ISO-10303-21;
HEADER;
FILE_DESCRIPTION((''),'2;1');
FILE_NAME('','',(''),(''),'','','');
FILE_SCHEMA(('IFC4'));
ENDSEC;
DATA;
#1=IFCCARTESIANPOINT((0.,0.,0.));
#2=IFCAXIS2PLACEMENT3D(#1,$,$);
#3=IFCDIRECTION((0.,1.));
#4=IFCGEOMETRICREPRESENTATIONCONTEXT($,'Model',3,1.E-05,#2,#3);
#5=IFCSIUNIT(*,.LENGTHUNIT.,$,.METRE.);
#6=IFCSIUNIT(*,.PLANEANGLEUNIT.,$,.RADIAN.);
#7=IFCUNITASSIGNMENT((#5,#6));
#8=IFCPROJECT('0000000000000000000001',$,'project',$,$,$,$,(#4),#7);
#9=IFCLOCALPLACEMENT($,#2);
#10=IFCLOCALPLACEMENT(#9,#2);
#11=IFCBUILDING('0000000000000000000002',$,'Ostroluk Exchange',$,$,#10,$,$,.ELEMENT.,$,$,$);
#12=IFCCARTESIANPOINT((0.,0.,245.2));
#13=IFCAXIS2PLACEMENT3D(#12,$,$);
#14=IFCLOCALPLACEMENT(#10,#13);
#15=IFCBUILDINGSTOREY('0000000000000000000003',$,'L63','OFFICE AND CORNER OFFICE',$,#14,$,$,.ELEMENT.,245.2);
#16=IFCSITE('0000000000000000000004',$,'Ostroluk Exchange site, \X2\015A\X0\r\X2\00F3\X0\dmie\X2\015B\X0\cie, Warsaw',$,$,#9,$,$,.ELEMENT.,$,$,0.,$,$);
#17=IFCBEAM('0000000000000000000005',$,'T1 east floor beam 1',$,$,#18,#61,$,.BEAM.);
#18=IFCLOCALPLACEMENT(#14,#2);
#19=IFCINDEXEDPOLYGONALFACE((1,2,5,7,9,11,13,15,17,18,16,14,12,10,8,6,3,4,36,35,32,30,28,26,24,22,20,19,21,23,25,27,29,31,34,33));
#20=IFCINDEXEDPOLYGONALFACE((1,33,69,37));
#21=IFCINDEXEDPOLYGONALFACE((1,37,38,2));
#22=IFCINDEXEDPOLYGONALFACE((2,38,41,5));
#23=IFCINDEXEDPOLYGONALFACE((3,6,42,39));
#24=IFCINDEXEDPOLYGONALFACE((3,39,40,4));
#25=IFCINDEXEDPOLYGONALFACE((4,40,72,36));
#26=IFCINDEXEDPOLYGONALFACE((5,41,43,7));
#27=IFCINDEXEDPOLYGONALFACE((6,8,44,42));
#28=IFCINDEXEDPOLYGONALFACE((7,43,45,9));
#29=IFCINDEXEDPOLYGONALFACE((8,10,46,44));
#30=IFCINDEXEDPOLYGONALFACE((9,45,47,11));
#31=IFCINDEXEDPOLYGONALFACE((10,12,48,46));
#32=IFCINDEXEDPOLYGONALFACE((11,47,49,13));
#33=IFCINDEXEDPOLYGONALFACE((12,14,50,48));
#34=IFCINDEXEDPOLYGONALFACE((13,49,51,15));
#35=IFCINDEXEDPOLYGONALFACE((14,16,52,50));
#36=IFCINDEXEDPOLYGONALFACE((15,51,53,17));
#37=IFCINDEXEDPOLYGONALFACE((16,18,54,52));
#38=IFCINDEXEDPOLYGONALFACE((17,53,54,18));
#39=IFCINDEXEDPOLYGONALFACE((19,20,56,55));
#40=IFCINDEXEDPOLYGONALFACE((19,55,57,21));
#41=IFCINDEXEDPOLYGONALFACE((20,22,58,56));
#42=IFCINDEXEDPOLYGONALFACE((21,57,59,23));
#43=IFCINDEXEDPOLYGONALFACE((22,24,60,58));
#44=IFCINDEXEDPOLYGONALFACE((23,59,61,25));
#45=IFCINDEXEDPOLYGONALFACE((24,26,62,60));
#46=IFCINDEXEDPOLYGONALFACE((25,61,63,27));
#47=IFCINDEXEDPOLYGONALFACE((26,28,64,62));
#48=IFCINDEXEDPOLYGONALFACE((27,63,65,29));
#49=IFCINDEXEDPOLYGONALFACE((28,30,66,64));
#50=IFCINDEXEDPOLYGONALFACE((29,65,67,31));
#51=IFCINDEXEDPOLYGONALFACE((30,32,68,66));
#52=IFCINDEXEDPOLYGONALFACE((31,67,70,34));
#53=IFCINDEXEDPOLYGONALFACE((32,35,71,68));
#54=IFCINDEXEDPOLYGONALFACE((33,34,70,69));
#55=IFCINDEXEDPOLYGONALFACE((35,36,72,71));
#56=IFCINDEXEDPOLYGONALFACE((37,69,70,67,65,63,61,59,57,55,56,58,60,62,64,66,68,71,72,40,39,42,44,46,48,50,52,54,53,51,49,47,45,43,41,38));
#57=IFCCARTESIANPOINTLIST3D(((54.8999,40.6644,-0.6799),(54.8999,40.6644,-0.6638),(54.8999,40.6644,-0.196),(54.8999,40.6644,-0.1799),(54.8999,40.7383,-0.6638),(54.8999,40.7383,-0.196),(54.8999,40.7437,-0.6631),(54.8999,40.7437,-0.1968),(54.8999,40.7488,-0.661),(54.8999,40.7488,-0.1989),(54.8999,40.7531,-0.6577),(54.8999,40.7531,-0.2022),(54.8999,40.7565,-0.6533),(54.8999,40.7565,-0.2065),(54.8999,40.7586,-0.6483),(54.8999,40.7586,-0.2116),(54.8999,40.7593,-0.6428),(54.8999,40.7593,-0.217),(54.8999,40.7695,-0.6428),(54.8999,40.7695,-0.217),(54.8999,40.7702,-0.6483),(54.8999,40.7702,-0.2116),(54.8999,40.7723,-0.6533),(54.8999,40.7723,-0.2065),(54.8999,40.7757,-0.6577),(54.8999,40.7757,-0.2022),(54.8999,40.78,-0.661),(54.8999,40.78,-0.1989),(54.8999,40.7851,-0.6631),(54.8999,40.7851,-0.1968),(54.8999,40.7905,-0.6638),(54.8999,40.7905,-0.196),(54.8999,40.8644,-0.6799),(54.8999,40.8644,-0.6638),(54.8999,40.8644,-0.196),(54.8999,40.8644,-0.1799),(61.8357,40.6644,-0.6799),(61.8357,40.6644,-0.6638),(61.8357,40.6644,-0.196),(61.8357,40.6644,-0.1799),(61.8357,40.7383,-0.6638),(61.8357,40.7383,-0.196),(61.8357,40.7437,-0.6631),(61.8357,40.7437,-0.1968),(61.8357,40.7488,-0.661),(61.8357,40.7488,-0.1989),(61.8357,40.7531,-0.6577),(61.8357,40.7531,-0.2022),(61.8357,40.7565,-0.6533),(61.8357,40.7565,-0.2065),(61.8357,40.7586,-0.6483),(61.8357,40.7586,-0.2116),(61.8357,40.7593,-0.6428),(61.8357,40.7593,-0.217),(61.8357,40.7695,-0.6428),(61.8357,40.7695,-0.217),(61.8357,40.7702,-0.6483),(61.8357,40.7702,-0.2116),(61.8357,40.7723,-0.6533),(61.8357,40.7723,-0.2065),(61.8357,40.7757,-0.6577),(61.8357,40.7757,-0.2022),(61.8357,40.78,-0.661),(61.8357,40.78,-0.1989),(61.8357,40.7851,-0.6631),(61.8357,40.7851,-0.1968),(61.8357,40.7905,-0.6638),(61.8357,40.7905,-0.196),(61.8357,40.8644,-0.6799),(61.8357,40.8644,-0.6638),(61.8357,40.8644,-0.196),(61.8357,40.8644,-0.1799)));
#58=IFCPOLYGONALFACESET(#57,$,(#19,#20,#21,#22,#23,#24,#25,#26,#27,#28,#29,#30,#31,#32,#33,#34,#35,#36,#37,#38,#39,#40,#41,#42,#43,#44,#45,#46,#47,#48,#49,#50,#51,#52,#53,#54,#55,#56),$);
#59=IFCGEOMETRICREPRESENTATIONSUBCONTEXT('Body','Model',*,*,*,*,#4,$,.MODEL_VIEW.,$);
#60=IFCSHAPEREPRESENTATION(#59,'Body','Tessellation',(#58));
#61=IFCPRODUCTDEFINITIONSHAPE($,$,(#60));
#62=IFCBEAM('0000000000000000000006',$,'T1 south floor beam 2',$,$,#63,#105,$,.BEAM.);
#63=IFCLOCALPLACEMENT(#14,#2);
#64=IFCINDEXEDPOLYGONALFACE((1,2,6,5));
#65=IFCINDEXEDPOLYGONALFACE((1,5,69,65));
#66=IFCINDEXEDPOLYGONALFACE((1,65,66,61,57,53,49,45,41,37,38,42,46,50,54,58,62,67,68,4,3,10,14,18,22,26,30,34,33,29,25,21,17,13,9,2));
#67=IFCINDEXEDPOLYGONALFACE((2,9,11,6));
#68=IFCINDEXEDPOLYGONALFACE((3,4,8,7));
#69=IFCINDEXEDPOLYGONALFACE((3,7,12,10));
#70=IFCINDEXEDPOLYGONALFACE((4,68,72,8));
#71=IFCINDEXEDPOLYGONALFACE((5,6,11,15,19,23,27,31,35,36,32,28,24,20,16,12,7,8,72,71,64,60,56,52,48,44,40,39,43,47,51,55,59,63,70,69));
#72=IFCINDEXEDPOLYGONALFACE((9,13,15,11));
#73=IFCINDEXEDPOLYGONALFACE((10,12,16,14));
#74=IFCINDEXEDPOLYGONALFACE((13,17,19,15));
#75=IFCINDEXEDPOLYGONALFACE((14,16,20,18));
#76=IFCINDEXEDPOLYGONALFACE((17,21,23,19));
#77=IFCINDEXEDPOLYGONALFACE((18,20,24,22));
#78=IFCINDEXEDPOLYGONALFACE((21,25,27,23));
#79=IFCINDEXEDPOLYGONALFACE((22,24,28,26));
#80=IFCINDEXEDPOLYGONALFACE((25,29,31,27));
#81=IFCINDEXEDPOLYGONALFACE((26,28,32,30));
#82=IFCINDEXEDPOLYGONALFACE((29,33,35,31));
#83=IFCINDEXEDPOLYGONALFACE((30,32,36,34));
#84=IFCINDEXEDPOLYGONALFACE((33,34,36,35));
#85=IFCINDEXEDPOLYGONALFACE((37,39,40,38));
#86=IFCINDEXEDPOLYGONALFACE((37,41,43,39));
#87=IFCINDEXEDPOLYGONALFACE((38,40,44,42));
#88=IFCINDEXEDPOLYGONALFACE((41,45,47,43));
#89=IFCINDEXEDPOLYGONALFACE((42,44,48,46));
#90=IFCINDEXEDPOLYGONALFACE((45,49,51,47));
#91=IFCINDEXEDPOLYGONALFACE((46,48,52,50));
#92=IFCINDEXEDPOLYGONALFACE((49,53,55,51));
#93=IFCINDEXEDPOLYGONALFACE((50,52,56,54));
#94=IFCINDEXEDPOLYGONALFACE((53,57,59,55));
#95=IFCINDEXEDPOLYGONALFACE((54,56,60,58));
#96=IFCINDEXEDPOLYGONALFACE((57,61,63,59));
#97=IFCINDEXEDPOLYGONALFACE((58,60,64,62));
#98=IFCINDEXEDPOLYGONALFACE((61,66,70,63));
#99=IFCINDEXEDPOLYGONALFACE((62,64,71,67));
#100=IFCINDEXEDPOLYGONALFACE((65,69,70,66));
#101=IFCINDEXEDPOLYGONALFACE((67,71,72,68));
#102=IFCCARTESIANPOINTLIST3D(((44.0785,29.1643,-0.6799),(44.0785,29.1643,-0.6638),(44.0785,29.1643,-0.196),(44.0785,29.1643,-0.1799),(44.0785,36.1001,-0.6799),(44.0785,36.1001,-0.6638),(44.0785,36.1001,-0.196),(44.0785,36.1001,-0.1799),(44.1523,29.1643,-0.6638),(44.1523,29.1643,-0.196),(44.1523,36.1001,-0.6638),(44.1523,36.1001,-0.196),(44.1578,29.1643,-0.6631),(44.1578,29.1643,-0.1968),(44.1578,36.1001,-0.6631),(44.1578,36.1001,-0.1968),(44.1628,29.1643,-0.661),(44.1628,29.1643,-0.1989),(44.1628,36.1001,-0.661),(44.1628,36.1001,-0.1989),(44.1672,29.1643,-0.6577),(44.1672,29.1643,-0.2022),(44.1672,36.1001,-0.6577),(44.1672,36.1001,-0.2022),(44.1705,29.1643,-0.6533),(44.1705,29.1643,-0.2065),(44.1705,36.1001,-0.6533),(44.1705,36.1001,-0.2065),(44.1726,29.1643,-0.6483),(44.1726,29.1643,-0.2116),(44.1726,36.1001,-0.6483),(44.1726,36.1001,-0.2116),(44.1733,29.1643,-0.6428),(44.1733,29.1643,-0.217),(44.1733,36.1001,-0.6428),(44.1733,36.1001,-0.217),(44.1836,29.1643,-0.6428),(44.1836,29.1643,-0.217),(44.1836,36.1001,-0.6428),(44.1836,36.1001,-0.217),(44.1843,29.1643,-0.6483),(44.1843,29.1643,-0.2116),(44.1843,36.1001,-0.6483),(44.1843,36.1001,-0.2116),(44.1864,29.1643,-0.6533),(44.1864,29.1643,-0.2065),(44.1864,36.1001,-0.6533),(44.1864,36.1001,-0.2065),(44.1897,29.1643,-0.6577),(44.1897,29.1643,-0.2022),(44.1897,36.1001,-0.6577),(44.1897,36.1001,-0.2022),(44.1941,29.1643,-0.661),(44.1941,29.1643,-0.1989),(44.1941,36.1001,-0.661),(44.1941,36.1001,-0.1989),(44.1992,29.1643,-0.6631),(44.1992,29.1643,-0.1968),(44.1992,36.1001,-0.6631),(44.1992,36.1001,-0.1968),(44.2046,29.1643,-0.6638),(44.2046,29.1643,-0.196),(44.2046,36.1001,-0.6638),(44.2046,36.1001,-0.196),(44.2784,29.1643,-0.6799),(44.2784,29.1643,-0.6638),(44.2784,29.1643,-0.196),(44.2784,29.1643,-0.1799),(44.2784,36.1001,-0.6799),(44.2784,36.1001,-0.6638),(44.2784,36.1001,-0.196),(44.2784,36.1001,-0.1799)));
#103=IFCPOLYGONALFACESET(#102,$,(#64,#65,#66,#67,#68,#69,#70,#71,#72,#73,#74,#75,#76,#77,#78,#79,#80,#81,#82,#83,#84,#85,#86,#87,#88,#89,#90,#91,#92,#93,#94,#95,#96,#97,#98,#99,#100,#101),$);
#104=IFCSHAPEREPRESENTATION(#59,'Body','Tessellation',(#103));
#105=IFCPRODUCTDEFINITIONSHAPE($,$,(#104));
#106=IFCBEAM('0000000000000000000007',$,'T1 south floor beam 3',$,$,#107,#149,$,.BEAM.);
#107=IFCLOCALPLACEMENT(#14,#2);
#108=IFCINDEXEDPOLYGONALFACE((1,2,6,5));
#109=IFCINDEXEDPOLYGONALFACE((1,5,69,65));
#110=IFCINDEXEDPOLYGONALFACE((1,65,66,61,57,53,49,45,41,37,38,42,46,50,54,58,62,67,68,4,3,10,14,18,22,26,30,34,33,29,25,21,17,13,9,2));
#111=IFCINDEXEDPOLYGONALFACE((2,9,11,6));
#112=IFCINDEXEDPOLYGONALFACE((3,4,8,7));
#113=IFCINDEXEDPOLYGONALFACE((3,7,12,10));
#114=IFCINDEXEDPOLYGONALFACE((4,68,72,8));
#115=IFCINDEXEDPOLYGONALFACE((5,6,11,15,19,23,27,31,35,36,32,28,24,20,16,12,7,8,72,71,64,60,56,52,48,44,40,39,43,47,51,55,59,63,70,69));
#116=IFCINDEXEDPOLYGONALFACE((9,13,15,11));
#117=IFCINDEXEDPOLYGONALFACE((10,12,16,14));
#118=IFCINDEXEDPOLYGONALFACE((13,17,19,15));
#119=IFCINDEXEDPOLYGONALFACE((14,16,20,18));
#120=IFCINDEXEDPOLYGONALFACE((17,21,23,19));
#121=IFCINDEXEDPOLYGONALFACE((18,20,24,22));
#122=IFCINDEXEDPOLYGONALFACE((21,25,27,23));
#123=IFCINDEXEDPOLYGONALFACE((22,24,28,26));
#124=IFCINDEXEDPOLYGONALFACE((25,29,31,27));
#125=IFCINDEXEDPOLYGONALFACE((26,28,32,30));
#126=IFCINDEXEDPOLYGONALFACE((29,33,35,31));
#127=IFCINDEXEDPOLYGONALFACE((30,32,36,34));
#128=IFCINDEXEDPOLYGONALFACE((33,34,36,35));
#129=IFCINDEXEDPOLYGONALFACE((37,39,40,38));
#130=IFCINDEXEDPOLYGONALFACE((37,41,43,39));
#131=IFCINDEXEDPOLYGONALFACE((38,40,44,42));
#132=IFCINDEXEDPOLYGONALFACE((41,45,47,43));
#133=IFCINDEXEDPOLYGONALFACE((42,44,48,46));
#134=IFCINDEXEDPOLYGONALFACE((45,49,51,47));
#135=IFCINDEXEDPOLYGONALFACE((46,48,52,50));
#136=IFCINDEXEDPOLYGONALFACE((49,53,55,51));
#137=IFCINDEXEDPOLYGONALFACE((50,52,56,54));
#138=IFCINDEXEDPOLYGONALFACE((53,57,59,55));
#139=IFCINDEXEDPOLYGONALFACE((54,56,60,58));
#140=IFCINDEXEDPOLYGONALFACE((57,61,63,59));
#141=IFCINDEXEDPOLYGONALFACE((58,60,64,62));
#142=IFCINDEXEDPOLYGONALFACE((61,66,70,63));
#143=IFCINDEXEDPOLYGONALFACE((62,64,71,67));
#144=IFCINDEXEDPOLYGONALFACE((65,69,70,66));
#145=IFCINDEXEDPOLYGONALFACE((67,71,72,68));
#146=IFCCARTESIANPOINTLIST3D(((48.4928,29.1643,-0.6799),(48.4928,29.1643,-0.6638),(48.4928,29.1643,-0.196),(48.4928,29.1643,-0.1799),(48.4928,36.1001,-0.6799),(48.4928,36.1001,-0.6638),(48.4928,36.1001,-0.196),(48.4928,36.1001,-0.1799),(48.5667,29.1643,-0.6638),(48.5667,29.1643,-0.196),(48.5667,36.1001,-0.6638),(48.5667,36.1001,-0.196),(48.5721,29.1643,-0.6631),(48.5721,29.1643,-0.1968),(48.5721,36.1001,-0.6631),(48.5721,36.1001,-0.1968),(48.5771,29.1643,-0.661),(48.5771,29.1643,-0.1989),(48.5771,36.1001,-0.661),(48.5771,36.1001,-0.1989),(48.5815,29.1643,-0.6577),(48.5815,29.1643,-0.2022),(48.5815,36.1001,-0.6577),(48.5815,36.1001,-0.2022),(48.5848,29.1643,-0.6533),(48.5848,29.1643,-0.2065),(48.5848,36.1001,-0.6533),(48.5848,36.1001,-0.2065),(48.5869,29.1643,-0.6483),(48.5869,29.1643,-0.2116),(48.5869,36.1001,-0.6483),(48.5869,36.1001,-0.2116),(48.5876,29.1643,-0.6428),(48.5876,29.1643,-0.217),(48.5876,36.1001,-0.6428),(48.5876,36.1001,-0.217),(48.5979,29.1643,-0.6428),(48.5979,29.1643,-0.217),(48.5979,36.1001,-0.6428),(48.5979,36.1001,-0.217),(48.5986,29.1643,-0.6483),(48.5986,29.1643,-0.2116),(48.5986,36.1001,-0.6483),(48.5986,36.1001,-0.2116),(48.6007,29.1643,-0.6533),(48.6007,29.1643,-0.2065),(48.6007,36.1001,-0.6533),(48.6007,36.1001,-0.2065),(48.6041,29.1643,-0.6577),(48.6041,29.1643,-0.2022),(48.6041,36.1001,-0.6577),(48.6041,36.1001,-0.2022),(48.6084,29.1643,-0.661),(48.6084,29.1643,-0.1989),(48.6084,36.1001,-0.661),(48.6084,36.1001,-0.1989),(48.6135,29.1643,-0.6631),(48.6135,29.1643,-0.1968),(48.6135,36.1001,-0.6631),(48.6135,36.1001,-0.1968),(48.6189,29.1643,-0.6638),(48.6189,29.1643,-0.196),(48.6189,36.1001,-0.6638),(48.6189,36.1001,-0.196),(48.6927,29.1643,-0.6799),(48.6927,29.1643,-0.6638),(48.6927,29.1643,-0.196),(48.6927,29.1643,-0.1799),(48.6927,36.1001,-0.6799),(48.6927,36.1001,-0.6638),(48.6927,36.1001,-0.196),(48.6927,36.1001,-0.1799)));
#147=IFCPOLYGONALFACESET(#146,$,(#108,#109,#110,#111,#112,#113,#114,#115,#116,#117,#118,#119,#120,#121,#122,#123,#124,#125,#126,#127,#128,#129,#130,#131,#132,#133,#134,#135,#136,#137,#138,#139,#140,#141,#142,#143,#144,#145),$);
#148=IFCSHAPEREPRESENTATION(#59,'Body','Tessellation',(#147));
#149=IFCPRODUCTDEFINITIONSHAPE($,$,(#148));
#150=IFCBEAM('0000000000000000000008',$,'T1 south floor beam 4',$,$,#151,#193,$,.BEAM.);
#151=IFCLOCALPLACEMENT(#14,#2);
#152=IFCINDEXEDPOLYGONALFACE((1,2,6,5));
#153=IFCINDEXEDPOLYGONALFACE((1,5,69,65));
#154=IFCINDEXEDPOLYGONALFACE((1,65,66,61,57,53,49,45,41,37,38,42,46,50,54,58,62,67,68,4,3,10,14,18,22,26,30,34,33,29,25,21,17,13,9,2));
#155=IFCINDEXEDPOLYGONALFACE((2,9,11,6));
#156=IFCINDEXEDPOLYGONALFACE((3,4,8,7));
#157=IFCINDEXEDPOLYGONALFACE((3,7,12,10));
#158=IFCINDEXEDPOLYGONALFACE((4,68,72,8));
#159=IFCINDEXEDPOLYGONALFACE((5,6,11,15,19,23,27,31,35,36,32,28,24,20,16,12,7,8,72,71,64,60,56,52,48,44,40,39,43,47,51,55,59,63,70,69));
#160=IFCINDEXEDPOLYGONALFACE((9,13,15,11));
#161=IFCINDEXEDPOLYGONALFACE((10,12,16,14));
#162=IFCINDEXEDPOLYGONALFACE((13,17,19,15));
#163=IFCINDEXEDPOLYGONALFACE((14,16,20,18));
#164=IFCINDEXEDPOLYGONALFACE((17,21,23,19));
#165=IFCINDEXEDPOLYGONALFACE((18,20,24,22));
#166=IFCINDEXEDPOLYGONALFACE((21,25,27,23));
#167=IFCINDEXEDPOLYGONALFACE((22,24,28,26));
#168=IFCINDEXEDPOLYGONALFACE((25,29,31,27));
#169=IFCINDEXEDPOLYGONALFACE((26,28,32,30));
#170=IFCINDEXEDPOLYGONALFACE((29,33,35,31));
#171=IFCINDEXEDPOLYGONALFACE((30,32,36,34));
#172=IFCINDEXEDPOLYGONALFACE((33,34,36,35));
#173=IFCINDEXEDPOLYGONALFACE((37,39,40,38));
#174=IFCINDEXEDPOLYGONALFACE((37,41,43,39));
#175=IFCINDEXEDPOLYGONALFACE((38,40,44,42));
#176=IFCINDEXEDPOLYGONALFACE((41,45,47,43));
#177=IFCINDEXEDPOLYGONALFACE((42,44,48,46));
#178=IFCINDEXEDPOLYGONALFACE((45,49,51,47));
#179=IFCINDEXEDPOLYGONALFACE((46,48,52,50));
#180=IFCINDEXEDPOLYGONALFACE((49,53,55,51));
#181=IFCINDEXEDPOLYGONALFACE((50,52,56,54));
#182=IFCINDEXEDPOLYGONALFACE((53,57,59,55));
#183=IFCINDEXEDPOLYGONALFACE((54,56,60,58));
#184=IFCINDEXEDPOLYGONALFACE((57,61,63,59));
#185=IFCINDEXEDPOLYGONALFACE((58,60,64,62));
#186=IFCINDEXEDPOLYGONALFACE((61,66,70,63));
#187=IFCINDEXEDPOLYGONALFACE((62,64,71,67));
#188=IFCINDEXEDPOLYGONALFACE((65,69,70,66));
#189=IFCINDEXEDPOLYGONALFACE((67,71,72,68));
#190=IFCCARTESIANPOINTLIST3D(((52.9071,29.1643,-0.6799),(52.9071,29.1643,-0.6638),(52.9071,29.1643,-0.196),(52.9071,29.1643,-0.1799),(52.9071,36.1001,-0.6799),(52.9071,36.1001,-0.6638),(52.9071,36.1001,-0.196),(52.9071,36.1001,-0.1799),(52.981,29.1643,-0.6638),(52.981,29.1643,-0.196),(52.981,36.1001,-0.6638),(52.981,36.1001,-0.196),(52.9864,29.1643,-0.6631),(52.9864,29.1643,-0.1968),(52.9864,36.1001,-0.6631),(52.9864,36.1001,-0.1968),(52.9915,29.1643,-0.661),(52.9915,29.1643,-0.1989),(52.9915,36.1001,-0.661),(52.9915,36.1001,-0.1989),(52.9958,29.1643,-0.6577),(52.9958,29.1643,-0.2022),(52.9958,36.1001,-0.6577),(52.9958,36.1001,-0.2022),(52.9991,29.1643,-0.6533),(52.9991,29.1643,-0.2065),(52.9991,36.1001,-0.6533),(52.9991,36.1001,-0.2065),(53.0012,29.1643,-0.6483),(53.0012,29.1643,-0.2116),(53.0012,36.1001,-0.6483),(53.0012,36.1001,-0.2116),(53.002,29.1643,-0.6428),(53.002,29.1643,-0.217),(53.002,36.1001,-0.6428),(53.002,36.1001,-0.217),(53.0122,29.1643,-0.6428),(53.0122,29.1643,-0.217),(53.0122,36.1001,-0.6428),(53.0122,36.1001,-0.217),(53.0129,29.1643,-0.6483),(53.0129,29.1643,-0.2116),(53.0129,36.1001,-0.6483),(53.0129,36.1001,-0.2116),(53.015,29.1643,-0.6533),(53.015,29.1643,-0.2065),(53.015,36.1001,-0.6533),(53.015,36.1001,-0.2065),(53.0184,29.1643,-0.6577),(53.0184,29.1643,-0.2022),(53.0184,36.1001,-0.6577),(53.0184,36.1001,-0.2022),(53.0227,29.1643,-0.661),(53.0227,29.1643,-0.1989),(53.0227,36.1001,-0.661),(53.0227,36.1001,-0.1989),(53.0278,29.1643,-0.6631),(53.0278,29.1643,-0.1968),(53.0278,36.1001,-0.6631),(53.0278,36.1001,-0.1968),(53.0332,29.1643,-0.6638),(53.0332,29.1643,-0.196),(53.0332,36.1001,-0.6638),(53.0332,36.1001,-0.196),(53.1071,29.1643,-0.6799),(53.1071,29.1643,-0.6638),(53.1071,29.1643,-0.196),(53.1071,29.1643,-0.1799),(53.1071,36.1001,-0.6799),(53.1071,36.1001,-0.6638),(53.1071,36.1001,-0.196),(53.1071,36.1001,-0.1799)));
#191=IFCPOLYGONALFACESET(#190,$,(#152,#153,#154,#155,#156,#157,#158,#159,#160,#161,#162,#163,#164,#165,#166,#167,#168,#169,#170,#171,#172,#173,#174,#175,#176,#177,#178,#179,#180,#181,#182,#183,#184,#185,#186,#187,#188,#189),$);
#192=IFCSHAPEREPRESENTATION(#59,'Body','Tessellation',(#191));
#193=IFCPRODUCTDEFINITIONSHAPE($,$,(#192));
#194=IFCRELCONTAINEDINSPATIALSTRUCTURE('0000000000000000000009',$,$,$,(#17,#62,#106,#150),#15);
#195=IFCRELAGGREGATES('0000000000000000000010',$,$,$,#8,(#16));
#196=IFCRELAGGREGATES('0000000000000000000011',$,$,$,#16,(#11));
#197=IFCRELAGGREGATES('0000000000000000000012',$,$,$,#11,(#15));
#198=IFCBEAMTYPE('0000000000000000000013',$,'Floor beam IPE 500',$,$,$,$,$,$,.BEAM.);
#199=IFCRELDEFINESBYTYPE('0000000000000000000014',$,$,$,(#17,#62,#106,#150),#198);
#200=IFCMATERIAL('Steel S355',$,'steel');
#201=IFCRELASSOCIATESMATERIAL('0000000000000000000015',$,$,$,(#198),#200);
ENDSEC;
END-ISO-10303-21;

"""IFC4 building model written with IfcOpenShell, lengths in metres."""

from ifc_helpers import new_model, si_unit, direction, frame, origin, origin_2d, place, context, subcontext, project, spatial, i_section, extrude, material, material_profile, profile_set, type_object, element, save


model = new_model("IFC4")

# Units and contexts
model_context = context("Model", 3, precision=1e-05, world=origin(), true_north=direction((0.0, 1.0)))
body_context = subcontext(model_context, "Body", "Model", "MODEL_VIEW")
ifc_project = project(units=[si_unit("LENGTHUNIT", "METRE"), si_unit("PLANEANGLEUNIT", "RADIAN")], contexts=[model_context])

# Site, building, storey
site_placement = place(None, origin())
site = spatial("IfcSite", under=ifc_project, at=site_placement, Name="Ostroluk Exchange site, Śródmieście, Warsaw", CompositionType="ELEMENT", RefElevation=0.0)
building_placement = place(site_placement, origin())
building = spatial("IfcBuilding", under=site, at=building_placement, Name="Ostroluk Exchange", CompositionType="ELEMENT")
storey_placement = place(building_placement, frame((0.0, 0.0, 245.2)))
storey = spatial("IfcBuildingStorey", under=building, at=storey_placement, Name="L63", Description="OFFICE AND CORNER OFFICE", CompositionType="ELEMENT", Elevation=245.2)

# Beams
ifc_material_1 = material(Name="Steel S355", Category="steel")
ifc_material_profile_1 = material_profile(ifc_material_1, i_section(OverallWidth=0.2, OverallDepth=0.5, WebThickness=0.0103, FlangeThickness=0.0161, FilletRadius=0.021, at=origin_2d()), Name="IPE 500")
ifc_profile_set_1 = profile_set([ifc_material_profile_1], Name="Steel S355")
beam_type_1 = type_object("IfcBeamType", Name="Floor beam IPE 500", PredefinedType="BEAM", material=ifc_profile_set_1)
for number, where, z_axis, x_axis, name in (
    (1, (54.8999, 40.7644, -0.4299), (1.0, 0.0, 0.0), (0.0, 1.0, 0.0), "T1 east floor beam 1"),
    (2, (44.1785, 36.1001, -0.4299), (0.0, -1.0, 0.0), (1.0, 0.0, 0.0), "T1 south floor beam 2"),
    (3, (48.5928, 36.1001, -0.4299), (0.0, -1.0, 0.0), (1.0, 0.0, 0.0), "T1 south floor beam 3"),
    (4, (53.0071, 36.1001, -0.4299), (0.0, -1.0, 0.0), (1.0, 0.0, 0.0), "T1 south floor beam 4"),
):
    element("IfcBeam", number, at=place(storey_placement, frame(where, z_axis=z_axis, x_axis=x_axis)), inside=storey, type_object=beam_type_1, Name=name, PredefinedType="BEAM", context=body_context, shape_type="SweptSolid", body=[
        extrude(i_section(OverallWidth=0.2, OverallDepth=0.5, WebThickness=0.0103, FlangeThickness=0.0161, FilletRadius=0.021, at=origin_2d()), origin(), (0.0, 0.0, 1.0), 6.9358),
    ])

save(model, "model.ifc")
